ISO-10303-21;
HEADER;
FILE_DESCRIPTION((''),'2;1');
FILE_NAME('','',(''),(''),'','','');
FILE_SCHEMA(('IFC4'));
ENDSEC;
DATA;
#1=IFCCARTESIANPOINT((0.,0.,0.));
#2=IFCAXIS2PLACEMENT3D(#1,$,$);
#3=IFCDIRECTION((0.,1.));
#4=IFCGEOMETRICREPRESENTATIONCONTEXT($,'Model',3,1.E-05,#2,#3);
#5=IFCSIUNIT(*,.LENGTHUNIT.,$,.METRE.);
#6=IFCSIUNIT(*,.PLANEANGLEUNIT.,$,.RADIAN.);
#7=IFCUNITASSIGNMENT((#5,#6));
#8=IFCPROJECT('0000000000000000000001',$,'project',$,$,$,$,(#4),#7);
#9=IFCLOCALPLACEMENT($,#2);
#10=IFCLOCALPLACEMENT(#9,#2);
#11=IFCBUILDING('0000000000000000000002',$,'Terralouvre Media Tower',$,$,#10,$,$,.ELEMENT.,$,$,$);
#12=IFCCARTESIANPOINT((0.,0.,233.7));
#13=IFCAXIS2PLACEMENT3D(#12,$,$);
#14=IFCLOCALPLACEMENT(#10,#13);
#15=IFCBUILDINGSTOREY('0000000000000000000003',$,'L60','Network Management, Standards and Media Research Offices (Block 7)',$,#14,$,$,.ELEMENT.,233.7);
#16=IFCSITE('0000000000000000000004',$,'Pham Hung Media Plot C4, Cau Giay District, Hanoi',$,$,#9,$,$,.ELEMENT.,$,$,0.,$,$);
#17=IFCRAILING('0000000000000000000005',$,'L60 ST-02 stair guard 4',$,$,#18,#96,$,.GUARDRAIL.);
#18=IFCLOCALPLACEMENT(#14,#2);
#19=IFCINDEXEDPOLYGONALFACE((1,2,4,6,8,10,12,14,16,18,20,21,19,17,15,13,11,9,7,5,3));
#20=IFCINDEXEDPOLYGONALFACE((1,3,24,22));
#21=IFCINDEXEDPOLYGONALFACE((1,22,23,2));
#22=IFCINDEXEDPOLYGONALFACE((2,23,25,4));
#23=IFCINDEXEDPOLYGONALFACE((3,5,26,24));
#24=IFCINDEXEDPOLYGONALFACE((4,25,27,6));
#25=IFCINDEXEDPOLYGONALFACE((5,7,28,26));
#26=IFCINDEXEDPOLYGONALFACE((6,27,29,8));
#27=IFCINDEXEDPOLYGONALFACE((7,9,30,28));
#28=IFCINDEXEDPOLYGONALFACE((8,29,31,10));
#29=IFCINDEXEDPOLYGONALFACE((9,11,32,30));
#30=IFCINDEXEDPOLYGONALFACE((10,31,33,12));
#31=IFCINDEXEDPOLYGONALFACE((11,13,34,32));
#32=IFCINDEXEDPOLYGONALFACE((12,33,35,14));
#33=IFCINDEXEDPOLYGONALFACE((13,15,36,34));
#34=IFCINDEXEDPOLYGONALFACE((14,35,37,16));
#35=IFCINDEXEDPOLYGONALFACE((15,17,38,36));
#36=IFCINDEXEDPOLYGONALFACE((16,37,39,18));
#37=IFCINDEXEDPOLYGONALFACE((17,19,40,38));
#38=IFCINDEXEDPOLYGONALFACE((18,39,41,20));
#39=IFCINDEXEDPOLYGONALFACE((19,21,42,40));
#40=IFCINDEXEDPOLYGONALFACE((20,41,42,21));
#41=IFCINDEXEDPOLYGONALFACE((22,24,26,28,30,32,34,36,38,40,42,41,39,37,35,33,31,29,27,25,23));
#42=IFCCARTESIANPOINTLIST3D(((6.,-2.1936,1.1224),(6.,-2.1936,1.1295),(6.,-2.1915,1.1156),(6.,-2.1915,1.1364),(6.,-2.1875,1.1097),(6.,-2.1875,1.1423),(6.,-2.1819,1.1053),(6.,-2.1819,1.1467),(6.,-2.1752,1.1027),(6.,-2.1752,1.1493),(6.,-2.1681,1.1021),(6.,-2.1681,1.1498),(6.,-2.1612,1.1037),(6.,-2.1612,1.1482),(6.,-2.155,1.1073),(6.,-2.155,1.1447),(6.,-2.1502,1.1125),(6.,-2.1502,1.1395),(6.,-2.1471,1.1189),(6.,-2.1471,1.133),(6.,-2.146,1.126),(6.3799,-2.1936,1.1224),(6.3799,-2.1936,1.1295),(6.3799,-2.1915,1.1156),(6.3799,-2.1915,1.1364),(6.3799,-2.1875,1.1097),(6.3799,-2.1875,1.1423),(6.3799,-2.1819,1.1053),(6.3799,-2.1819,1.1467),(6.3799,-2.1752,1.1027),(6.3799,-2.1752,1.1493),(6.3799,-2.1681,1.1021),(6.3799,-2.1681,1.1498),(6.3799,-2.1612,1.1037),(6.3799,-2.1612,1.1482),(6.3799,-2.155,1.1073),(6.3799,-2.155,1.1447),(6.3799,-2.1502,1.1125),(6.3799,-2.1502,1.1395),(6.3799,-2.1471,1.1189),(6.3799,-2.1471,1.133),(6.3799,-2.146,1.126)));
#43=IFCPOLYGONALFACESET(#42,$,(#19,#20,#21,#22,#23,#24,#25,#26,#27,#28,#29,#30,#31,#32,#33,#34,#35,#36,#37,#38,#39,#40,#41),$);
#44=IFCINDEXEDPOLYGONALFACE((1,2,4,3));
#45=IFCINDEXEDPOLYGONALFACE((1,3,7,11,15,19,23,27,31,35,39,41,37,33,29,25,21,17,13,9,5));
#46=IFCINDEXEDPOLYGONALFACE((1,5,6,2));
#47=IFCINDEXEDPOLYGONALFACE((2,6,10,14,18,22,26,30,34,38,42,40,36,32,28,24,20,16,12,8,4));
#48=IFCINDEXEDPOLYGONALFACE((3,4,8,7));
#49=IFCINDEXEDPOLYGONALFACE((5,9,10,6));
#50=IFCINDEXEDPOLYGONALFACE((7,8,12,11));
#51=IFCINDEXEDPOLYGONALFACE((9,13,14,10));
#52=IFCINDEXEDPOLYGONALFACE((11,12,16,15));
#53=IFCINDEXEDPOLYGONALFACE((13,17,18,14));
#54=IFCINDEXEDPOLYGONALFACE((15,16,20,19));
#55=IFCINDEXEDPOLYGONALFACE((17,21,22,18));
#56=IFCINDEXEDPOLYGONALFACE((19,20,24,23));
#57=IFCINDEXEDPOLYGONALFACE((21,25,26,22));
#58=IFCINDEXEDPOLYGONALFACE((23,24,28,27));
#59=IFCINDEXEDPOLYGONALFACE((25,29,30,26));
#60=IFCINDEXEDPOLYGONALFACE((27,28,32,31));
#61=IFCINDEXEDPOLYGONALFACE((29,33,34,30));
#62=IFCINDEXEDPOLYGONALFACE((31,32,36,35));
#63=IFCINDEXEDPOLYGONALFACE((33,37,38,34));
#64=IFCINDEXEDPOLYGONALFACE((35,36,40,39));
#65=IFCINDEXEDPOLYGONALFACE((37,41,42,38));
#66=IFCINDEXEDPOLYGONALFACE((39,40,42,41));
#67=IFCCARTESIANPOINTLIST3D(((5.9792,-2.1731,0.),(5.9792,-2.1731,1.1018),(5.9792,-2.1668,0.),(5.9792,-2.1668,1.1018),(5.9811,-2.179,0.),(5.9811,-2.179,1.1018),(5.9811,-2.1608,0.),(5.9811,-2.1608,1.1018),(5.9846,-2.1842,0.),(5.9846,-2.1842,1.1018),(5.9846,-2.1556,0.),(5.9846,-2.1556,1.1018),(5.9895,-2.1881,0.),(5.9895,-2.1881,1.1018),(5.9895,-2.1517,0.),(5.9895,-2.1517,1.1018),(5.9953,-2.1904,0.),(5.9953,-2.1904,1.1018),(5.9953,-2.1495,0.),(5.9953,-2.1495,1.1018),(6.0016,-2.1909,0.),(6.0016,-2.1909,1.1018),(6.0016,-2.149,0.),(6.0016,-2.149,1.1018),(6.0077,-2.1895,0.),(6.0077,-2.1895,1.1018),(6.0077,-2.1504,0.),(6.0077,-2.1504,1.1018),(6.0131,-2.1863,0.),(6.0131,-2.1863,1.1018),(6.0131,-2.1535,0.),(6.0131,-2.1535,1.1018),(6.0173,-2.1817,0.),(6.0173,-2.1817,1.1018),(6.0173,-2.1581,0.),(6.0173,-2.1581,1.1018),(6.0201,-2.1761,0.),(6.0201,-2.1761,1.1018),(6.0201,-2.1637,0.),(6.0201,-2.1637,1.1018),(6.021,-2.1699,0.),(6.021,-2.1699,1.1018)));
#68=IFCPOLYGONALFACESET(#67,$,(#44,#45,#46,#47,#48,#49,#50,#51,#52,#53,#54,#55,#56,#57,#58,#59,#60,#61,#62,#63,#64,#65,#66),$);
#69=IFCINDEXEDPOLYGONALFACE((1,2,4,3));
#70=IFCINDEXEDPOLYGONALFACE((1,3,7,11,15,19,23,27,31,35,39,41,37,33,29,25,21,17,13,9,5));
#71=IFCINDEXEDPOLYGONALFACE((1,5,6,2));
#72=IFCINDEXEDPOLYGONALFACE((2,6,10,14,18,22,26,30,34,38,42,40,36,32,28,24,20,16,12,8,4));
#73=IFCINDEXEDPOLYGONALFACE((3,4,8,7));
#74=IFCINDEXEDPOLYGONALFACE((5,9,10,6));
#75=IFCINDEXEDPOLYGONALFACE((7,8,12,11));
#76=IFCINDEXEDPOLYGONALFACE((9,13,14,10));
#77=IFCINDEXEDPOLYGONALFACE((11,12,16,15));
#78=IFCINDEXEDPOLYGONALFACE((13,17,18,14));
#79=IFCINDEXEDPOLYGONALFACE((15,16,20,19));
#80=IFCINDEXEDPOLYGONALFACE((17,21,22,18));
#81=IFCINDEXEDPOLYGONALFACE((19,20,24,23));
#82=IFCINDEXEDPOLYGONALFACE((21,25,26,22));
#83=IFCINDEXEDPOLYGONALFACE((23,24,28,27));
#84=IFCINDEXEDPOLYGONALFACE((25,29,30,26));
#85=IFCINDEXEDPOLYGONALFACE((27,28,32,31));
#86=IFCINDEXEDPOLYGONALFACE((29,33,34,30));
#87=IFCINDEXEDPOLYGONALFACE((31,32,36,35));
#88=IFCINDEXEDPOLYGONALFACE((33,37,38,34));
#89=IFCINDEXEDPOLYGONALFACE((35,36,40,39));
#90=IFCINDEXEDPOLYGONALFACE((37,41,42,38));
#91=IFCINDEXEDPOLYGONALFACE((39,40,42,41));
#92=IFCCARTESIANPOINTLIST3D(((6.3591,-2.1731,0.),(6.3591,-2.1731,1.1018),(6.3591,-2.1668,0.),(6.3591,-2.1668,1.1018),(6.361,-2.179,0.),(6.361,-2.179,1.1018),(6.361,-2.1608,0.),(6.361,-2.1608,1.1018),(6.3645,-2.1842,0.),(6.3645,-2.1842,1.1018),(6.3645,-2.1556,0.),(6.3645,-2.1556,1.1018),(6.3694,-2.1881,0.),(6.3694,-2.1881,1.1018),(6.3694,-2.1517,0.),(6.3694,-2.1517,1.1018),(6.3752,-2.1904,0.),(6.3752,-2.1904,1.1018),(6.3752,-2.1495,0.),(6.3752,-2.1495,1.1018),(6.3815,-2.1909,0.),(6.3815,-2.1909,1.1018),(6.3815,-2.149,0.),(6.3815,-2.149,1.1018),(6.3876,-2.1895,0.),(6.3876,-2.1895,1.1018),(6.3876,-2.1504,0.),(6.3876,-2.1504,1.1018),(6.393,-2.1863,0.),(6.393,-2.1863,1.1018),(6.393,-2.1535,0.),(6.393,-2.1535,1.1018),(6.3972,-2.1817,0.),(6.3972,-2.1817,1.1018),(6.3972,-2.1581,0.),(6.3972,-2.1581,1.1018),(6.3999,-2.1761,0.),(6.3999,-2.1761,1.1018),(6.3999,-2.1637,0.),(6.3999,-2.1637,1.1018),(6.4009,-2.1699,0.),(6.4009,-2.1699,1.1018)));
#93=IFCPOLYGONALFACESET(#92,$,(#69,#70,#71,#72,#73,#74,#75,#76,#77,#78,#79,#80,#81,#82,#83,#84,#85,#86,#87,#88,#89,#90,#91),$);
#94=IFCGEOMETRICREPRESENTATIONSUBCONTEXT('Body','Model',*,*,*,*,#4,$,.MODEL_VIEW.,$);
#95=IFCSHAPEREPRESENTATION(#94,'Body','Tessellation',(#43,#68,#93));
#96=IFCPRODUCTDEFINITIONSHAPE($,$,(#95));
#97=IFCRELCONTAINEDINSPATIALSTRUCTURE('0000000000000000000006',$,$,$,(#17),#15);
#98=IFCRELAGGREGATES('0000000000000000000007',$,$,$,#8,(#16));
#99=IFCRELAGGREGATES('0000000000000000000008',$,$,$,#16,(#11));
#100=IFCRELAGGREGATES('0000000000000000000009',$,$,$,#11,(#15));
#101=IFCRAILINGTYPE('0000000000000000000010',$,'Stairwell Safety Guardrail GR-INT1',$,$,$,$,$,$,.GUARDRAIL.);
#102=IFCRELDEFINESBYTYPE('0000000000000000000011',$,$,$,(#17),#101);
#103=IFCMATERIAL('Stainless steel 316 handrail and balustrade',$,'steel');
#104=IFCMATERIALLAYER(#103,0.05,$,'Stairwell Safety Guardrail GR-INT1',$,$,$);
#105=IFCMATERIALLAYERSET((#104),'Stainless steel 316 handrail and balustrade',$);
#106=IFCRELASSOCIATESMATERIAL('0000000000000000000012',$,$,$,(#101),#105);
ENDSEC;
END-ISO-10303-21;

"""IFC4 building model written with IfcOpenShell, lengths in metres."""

from ifc_helpers import new_model, si_unit, direction, frame, origin, origin_2d, place, context, subcontext, project, spatial, circle, extrude, material, layer, layer_set, type_object, element, save


model = new_model("IFC4")

# Units and contexts
model_context = context("Model", 3, precision=1e-05, world=origin(), true_north=direction((0.0, 1.0)))
body_context = subcontext(model_context, "Body", "Model", "MODEL_VIEW")
ifc_project = project(units=[si_unit("LENGTHUNIT", "METRE"), si_unit("PLANEANGLEUNIT", "RADIAN")], contexts=[model_context])

# Site, building, storey
site_placement = place(None, origin())
site = spatial("IfcSite", under=ifc_project, at=site_placement, Name="Pham Hung Media Plot C4, Cau Giay District, Hanoi", CompositionType="ELEMENT", RefElevation=0.0)
building_placement = place(site_placement, origin())
building = spatial("IfcBuilding", under=site, at=building_placement, Name="Terralouvre Media Tower", CompositionType="ELEMENT")
storey_placement = place(building_placement, frame((0.0, 0.0, 233.7)))
storey = spatial("IfcBuildingStorey", under=building, at=storey_placement, Name="L60", Description="Network Management, Standards and Media Research Offices (Block 7)", CompositionType="ELEMENT", Elevation=233.7)

# Railing
ifc_material_1 = material(Name="Stainless steel 316 handrail and balustrade", Category="steel")
ifc_layer_1 = layer(ifc_material_1, 0.05, Name="Stairwell Safety Guardrail GR-INT1")
ifc_layer_set_1 = layer_set([ifc_layer_1], Name="Stainless steel 316 handrail and balustrade")
railing_type_1 = type_object("IfcRailingType", Name="Stairwell Safety Guardrail GR-INT1", PredefinedType="GUARDRAIL", material=ifc_layer_set_1)
railing_1_placement = place(storey_placement, frame((6.0, -2.1699, 0.0)))
element("IfcRailing", 1, at=railing_1_placement, inside=storey, type_object=railing_type_1, Name="L60 ST-02 stair guard 4", PredefinedType="GUARDRAIL", context=body_context, shape_type="SweptSolid", body=[
    extrude(circle(Radius=0.0239, at=origin_2d()), frame((0.0, 0.0, 1.126), z_axis=(1.0, 0.0, 0.0), x_axis=(0.0, 1.0, 0.0)), (0.0, 0.0, 1.0), 0.3799),
    extrude(circle(Radius=0.021, at=origin_2d()), origin(), (0.0, 0.0, 1.0), 1.1018),
    extrude(circle(Radius=0.021, at=origin_2d()), frame((0.3799, 0.0, 0.0)), (0.0, 0.0, 1.0), 1.1018),
])

save(model, "model.ifc")
